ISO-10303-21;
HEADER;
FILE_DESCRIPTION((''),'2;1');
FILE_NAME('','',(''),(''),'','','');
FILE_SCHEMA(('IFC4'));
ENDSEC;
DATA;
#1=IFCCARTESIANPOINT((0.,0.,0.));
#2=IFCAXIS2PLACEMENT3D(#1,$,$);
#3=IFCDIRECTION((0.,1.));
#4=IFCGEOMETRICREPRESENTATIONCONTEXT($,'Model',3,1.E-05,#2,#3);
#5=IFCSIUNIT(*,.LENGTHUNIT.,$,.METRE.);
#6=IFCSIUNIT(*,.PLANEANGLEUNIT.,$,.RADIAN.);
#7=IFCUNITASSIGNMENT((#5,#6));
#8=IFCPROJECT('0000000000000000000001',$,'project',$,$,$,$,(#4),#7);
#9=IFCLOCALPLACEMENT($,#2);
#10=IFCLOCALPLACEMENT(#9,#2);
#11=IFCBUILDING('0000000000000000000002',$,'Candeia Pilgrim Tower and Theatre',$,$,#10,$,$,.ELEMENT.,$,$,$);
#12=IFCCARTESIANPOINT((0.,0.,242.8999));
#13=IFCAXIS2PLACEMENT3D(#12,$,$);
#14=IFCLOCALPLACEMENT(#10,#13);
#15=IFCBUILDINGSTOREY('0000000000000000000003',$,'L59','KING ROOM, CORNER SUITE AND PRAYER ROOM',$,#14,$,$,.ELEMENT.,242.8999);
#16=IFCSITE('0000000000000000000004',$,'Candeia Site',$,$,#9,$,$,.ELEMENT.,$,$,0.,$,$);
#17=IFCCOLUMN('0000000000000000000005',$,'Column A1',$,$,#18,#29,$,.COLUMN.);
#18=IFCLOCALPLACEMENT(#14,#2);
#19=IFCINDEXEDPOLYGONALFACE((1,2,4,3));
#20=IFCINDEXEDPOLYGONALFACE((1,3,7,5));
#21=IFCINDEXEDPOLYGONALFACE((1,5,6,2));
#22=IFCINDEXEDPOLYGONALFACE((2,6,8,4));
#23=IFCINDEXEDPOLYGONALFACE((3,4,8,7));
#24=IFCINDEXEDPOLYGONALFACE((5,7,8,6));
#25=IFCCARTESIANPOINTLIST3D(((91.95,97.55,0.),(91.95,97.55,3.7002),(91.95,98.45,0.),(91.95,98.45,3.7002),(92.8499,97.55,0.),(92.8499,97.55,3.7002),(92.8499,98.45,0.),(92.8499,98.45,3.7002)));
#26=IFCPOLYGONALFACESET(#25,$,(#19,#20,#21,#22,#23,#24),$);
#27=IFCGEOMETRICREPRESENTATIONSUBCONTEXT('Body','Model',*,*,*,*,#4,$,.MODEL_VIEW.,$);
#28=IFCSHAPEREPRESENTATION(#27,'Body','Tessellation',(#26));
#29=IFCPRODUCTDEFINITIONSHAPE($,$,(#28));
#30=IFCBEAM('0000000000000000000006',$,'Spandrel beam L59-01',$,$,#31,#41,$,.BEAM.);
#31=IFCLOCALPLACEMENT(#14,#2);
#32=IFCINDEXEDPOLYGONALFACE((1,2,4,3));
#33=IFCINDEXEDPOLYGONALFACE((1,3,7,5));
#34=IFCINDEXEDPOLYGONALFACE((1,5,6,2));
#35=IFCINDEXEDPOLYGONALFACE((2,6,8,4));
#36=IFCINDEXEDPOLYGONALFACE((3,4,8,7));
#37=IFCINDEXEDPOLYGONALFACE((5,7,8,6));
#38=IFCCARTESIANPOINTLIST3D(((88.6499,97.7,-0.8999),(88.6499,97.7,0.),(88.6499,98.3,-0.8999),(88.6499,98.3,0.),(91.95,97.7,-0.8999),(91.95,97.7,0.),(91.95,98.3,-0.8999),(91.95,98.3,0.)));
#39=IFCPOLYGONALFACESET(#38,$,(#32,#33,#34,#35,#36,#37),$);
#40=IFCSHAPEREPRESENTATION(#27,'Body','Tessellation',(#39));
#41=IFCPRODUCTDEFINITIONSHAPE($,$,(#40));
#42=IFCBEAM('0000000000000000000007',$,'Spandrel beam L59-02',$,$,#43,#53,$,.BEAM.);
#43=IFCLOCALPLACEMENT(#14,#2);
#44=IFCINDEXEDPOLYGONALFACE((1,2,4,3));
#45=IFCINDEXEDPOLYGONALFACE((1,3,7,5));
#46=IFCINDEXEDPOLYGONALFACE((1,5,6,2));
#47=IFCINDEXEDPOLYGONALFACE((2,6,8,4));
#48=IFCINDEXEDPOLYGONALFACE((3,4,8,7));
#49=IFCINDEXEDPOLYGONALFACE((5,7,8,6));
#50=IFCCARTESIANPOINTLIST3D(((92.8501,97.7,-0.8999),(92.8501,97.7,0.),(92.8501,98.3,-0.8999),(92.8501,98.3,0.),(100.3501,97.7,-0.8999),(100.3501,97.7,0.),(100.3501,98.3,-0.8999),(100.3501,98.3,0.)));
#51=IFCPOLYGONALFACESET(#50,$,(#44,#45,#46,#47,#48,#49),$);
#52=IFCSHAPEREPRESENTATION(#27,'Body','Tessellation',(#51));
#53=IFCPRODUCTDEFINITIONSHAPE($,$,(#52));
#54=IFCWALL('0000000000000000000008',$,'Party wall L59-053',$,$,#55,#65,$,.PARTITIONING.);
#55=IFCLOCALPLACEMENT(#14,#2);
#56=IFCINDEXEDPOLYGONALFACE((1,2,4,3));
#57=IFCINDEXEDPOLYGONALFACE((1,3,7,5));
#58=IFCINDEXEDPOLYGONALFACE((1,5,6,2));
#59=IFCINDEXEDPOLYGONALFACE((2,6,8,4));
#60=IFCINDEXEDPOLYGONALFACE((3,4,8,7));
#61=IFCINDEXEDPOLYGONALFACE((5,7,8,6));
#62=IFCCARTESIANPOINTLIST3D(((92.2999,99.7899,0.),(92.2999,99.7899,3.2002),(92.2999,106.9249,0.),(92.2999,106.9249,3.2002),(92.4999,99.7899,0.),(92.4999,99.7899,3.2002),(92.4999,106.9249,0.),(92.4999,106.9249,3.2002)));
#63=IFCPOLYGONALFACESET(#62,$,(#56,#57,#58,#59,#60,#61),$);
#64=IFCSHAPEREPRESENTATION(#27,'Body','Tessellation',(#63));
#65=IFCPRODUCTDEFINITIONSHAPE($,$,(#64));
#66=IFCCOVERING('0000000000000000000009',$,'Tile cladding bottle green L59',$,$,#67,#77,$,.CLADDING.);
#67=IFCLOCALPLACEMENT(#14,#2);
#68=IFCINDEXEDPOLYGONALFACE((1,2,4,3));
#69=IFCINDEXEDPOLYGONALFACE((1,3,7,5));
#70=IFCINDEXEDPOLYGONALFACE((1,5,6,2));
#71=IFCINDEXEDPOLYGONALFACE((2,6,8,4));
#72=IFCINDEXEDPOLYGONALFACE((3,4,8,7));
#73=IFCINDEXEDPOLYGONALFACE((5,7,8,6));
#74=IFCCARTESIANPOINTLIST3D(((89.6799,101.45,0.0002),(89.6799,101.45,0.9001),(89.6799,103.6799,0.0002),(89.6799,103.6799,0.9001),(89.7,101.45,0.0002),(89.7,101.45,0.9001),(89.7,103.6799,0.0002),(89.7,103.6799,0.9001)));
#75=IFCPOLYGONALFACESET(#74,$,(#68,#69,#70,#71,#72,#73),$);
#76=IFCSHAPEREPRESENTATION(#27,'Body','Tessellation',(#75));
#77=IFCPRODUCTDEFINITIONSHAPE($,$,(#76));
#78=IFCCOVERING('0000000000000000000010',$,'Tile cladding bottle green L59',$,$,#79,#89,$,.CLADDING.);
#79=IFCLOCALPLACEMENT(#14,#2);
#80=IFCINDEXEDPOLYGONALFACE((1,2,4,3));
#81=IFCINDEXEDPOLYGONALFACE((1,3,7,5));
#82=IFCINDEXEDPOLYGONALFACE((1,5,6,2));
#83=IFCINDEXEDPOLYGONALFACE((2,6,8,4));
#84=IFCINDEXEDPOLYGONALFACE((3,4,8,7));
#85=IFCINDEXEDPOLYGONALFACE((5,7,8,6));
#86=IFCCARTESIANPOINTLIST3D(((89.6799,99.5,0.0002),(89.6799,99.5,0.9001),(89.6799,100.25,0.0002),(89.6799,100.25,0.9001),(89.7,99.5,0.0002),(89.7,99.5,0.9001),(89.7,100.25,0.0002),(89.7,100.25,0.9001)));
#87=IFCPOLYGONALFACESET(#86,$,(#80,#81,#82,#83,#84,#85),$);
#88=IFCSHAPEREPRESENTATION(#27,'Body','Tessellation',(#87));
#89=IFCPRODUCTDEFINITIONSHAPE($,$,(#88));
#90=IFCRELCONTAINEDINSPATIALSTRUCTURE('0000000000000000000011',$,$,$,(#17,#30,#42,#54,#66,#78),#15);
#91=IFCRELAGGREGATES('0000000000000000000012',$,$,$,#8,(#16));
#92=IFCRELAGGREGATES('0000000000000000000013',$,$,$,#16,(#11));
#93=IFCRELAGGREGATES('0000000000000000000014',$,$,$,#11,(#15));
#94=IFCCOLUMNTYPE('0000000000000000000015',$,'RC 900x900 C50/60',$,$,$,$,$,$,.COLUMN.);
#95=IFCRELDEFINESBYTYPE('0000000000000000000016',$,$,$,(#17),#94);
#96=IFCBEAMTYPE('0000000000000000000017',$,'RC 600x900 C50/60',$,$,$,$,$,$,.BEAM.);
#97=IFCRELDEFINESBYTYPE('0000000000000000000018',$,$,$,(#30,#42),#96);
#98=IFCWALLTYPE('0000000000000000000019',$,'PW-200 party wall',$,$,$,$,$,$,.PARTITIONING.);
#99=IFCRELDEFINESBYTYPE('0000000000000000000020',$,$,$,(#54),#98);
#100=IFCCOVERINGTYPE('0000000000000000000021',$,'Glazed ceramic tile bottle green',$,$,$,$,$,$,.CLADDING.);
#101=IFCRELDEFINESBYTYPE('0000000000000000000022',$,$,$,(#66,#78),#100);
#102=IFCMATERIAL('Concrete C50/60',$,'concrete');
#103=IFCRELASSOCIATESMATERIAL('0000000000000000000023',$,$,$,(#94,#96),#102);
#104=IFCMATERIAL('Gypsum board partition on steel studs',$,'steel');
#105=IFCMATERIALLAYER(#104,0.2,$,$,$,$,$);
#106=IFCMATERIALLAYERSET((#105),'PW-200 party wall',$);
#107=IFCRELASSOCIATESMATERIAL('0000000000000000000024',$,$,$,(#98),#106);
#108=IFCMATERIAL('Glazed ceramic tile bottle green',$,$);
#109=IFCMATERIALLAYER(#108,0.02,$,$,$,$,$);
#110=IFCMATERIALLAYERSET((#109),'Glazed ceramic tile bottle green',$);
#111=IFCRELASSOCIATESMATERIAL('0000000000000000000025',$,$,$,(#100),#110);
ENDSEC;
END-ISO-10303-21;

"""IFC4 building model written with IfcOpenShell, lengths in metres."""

from ifc_helpers import new_model, si_unit, direction, frame, frame_2d, origin, origin_2d, place, context, subcontext, project, spatial, rectangle, extrude, material, layer, layer_set, material_profile, profile_set, type_object, element, save


model = new_model("IFC4")

# Units and contexts
model_context = context("Model", 3, precision=1e-05, world=origin(), true_north=direction((0.0, 1.0)))
body_context = subcontext(model_context, "Body", "Model", "MODEL_VIEW")
ifc_project = project(units=[si_unit("LENGTHUNIT", "METRE"), si_unit("PLANEANGLEUNIT", "RADIAN")], contexts=[model_context])

# Site, building, storey
site_placement = place(None, origin())
site = spatial("IfcSite", under=ifc_project, at=site_placement, Name="Candeia Site", CompositionType="ELEMENT", RefElevation=0.0)
building_placement = place(site_placement, origin())
building = spatial("IfcBuilding", under=site, at=building_placement, Name="Candeia Pilgrim Tower and Theatre", CompositionType="ELEMENT")
storey_placement = place(building_placement, frame((0.0, 0.0, 242.8999)))
storey = spatial("IfcBuildingStorey", under=building, at=storey_placement, Name="L59", Description="KING ROOM, CORNER SUITE AND PRAYER ROOM", CompositionType="ELEMENT", Elevation=242.8999)

# Column
ifc_material_1 = material(Name="Concrete C50/60", Category="concrete")
ifc_material_profile_1 = material_profile(ifc_material_1, rectangle(XDim=0.8999, YDim=0.8999, at=origin_2d()))
ifc_profile_set_1 = profile_set([ifc_material_profile_1], Name="Concrete C50/60")
column_type = type_object("IfcColumnType", Name="RC 900x900 C50/60", PredefinedType="COLUMN", material=ifc_profile_set_1)
column_placement = place(storey_placement, frame((92.3999, 98.0, 0.0), z_axis=(0.0, 0.0, 1.0), x_axis=(1.0, 0.0, 0.0)))
element("IfcColumn", 1, at=column_placement, inside=storey, type_object=column_type, Name="Column A1", PredefinedType="COLUMN", context=body_context, shape_type="SweptSolid", body=[
    extrude(rectangle(XDim=0.8999, YDim=0.8999, at=origin_2d()), origin(), (0.0, 0.0, 1.0), 3.7002),
])

# Beams
ifc_material_profile_2 = material_profile(ifc_material_1, rectangle(XDim=0.6001, YDim=0.8999, at=origin_2d()))
ifc_profile_set_2 = profile_set([ifc_material_profile_2], Name="Concrete C50/60")
beam_type = type_object("IfcBeamType", Name="RC 600x900 C50/60", PredefinedType="BEAM", material=ifc_profile_set_2)
beam_1_placement = place(storey_placement, frame((88.6499, 98.0, -0.45), z_axis=(1.0, 0.0, 0.0), x_axis=(0.0, 1.0, 0.0)))
element("IfcBeam", 2, at=beam_1_placement, inside=storey, type_object=beam_type, Name="Spandrel beam L59-01", PredefinedType="BEAM", context=body_context, shape_type="SweptSolid", body=[
    extrude(rectangle(XDim=0.6001, YDim=0.8999, at=origin_2d()), origin(), (0.0, 0.0, 1.0), 3.3),
])
beam_2_placement = place(storey_placement, frame((92.8501, 98.0, -0.45), z_axis=(1.0, 0.0, 0.0), x_axis=(0.0, 1.0, 0.0)))
element("IfcBeam", 3, at=beam_2_placement, inside=storey, type_object=beam_type, Name="Spandrel beam L59-02", PredefinedType="BEAM", context=body_context, shape_type="SweptSolid", body=[
    extrude(rectangle(XDim=0.6001, YDim=0.8999, at=origin_2d()), origin(), (0.0, 0.0, 1.0), 7.5),
])

# Wall
ifc_material_2 = material(Name="Gypsum board partition on steel studs", Category="steel")
ifc_layer_1 = layer(ifc_material_2, 0.2)
ifc_layer_set_1 = layer_set([ifc_layer_1], Name="PW-200 party wall")
wall_type_1 = type_object("IfcWallType", Name="PW-200 party wall", PredefinedType="PARTITIONING", material=ifc_layer_set_1)
wall_1_placement = place(storey_placement, frame((92.3999, 99.79, 0.0), z_axis=(0.0, 0.0, 1.0), x_axis=(0.0, 1.0, 0.0)))
element("IfcWall", 4, at=wall_1_placement, inside=storey, type_object=wall_type_1, Name="Party wall L59-053", PredefinedType="PARTITIONING", context=body_context, shape_type="SweptSolid", body=[
    extrude(rectangle(XDim=7.135, YDim=0.2, at=frame_2d((3.5674, 0.0))), origin(), (0.0, 0.0, 1.0), 3.2002),
])

# Coverings
ifc_material_3 = material(Name="Glazed ceramic tile bottle green")
ifc_layer_2 = layer(ifc_material_3, 0.02)
ifc_layer_set_2 = layer_set([ifc_layer_2], Name="Glazed ceramic tile bottle green")
covering_type = type_object("IfcCoveringType", Name="Glazed ceramic tile bottle green", PredefinedType="CLADDING", material=ifc_layer_set_2)
covering_1_placement = place(storey_placement, frame((89.6899, 102.5649, 0.0002), z_axis=(0.0, 0.0, 1.0), x_axis=(0.0, -1.0, 0.0)))
element("IfcCovering", 5, at=covering_1_placement, inside=storey, type_object=covering_type, Name="Tile cladding bottle green L59", PredefinedType="CLADDING", context=body_context, shape_type="SweptSolid", body=[
    extrude(rectangle(XDim=2.23, YDim=0.02, at=origin_2d()), origin(), (0.0, 0.0, 1.0), 0.8999),
])
covering_2_placement = place(storey_placement, frame((89.6899, 99.875, 0.0002), z_axis=(0.0, 0.0, 1.0), x_axis=(0.0, -1.0, 0.0)))
element("IfcCovering", 6, at=covering_2_placement, inside=storey, type_object=covering_type, Name="Tile cladding bottle green L59", PredefinedType="CLADDING", context=body_context, shape_type="SweptSolid", body=[
    extrude(rectangle(XDim=0.75, YDim=0.02, at=origin_2d()), origin(), (0.0, 0.0, 1.0), 0.8999),
])

save(model, "model.ifc")
